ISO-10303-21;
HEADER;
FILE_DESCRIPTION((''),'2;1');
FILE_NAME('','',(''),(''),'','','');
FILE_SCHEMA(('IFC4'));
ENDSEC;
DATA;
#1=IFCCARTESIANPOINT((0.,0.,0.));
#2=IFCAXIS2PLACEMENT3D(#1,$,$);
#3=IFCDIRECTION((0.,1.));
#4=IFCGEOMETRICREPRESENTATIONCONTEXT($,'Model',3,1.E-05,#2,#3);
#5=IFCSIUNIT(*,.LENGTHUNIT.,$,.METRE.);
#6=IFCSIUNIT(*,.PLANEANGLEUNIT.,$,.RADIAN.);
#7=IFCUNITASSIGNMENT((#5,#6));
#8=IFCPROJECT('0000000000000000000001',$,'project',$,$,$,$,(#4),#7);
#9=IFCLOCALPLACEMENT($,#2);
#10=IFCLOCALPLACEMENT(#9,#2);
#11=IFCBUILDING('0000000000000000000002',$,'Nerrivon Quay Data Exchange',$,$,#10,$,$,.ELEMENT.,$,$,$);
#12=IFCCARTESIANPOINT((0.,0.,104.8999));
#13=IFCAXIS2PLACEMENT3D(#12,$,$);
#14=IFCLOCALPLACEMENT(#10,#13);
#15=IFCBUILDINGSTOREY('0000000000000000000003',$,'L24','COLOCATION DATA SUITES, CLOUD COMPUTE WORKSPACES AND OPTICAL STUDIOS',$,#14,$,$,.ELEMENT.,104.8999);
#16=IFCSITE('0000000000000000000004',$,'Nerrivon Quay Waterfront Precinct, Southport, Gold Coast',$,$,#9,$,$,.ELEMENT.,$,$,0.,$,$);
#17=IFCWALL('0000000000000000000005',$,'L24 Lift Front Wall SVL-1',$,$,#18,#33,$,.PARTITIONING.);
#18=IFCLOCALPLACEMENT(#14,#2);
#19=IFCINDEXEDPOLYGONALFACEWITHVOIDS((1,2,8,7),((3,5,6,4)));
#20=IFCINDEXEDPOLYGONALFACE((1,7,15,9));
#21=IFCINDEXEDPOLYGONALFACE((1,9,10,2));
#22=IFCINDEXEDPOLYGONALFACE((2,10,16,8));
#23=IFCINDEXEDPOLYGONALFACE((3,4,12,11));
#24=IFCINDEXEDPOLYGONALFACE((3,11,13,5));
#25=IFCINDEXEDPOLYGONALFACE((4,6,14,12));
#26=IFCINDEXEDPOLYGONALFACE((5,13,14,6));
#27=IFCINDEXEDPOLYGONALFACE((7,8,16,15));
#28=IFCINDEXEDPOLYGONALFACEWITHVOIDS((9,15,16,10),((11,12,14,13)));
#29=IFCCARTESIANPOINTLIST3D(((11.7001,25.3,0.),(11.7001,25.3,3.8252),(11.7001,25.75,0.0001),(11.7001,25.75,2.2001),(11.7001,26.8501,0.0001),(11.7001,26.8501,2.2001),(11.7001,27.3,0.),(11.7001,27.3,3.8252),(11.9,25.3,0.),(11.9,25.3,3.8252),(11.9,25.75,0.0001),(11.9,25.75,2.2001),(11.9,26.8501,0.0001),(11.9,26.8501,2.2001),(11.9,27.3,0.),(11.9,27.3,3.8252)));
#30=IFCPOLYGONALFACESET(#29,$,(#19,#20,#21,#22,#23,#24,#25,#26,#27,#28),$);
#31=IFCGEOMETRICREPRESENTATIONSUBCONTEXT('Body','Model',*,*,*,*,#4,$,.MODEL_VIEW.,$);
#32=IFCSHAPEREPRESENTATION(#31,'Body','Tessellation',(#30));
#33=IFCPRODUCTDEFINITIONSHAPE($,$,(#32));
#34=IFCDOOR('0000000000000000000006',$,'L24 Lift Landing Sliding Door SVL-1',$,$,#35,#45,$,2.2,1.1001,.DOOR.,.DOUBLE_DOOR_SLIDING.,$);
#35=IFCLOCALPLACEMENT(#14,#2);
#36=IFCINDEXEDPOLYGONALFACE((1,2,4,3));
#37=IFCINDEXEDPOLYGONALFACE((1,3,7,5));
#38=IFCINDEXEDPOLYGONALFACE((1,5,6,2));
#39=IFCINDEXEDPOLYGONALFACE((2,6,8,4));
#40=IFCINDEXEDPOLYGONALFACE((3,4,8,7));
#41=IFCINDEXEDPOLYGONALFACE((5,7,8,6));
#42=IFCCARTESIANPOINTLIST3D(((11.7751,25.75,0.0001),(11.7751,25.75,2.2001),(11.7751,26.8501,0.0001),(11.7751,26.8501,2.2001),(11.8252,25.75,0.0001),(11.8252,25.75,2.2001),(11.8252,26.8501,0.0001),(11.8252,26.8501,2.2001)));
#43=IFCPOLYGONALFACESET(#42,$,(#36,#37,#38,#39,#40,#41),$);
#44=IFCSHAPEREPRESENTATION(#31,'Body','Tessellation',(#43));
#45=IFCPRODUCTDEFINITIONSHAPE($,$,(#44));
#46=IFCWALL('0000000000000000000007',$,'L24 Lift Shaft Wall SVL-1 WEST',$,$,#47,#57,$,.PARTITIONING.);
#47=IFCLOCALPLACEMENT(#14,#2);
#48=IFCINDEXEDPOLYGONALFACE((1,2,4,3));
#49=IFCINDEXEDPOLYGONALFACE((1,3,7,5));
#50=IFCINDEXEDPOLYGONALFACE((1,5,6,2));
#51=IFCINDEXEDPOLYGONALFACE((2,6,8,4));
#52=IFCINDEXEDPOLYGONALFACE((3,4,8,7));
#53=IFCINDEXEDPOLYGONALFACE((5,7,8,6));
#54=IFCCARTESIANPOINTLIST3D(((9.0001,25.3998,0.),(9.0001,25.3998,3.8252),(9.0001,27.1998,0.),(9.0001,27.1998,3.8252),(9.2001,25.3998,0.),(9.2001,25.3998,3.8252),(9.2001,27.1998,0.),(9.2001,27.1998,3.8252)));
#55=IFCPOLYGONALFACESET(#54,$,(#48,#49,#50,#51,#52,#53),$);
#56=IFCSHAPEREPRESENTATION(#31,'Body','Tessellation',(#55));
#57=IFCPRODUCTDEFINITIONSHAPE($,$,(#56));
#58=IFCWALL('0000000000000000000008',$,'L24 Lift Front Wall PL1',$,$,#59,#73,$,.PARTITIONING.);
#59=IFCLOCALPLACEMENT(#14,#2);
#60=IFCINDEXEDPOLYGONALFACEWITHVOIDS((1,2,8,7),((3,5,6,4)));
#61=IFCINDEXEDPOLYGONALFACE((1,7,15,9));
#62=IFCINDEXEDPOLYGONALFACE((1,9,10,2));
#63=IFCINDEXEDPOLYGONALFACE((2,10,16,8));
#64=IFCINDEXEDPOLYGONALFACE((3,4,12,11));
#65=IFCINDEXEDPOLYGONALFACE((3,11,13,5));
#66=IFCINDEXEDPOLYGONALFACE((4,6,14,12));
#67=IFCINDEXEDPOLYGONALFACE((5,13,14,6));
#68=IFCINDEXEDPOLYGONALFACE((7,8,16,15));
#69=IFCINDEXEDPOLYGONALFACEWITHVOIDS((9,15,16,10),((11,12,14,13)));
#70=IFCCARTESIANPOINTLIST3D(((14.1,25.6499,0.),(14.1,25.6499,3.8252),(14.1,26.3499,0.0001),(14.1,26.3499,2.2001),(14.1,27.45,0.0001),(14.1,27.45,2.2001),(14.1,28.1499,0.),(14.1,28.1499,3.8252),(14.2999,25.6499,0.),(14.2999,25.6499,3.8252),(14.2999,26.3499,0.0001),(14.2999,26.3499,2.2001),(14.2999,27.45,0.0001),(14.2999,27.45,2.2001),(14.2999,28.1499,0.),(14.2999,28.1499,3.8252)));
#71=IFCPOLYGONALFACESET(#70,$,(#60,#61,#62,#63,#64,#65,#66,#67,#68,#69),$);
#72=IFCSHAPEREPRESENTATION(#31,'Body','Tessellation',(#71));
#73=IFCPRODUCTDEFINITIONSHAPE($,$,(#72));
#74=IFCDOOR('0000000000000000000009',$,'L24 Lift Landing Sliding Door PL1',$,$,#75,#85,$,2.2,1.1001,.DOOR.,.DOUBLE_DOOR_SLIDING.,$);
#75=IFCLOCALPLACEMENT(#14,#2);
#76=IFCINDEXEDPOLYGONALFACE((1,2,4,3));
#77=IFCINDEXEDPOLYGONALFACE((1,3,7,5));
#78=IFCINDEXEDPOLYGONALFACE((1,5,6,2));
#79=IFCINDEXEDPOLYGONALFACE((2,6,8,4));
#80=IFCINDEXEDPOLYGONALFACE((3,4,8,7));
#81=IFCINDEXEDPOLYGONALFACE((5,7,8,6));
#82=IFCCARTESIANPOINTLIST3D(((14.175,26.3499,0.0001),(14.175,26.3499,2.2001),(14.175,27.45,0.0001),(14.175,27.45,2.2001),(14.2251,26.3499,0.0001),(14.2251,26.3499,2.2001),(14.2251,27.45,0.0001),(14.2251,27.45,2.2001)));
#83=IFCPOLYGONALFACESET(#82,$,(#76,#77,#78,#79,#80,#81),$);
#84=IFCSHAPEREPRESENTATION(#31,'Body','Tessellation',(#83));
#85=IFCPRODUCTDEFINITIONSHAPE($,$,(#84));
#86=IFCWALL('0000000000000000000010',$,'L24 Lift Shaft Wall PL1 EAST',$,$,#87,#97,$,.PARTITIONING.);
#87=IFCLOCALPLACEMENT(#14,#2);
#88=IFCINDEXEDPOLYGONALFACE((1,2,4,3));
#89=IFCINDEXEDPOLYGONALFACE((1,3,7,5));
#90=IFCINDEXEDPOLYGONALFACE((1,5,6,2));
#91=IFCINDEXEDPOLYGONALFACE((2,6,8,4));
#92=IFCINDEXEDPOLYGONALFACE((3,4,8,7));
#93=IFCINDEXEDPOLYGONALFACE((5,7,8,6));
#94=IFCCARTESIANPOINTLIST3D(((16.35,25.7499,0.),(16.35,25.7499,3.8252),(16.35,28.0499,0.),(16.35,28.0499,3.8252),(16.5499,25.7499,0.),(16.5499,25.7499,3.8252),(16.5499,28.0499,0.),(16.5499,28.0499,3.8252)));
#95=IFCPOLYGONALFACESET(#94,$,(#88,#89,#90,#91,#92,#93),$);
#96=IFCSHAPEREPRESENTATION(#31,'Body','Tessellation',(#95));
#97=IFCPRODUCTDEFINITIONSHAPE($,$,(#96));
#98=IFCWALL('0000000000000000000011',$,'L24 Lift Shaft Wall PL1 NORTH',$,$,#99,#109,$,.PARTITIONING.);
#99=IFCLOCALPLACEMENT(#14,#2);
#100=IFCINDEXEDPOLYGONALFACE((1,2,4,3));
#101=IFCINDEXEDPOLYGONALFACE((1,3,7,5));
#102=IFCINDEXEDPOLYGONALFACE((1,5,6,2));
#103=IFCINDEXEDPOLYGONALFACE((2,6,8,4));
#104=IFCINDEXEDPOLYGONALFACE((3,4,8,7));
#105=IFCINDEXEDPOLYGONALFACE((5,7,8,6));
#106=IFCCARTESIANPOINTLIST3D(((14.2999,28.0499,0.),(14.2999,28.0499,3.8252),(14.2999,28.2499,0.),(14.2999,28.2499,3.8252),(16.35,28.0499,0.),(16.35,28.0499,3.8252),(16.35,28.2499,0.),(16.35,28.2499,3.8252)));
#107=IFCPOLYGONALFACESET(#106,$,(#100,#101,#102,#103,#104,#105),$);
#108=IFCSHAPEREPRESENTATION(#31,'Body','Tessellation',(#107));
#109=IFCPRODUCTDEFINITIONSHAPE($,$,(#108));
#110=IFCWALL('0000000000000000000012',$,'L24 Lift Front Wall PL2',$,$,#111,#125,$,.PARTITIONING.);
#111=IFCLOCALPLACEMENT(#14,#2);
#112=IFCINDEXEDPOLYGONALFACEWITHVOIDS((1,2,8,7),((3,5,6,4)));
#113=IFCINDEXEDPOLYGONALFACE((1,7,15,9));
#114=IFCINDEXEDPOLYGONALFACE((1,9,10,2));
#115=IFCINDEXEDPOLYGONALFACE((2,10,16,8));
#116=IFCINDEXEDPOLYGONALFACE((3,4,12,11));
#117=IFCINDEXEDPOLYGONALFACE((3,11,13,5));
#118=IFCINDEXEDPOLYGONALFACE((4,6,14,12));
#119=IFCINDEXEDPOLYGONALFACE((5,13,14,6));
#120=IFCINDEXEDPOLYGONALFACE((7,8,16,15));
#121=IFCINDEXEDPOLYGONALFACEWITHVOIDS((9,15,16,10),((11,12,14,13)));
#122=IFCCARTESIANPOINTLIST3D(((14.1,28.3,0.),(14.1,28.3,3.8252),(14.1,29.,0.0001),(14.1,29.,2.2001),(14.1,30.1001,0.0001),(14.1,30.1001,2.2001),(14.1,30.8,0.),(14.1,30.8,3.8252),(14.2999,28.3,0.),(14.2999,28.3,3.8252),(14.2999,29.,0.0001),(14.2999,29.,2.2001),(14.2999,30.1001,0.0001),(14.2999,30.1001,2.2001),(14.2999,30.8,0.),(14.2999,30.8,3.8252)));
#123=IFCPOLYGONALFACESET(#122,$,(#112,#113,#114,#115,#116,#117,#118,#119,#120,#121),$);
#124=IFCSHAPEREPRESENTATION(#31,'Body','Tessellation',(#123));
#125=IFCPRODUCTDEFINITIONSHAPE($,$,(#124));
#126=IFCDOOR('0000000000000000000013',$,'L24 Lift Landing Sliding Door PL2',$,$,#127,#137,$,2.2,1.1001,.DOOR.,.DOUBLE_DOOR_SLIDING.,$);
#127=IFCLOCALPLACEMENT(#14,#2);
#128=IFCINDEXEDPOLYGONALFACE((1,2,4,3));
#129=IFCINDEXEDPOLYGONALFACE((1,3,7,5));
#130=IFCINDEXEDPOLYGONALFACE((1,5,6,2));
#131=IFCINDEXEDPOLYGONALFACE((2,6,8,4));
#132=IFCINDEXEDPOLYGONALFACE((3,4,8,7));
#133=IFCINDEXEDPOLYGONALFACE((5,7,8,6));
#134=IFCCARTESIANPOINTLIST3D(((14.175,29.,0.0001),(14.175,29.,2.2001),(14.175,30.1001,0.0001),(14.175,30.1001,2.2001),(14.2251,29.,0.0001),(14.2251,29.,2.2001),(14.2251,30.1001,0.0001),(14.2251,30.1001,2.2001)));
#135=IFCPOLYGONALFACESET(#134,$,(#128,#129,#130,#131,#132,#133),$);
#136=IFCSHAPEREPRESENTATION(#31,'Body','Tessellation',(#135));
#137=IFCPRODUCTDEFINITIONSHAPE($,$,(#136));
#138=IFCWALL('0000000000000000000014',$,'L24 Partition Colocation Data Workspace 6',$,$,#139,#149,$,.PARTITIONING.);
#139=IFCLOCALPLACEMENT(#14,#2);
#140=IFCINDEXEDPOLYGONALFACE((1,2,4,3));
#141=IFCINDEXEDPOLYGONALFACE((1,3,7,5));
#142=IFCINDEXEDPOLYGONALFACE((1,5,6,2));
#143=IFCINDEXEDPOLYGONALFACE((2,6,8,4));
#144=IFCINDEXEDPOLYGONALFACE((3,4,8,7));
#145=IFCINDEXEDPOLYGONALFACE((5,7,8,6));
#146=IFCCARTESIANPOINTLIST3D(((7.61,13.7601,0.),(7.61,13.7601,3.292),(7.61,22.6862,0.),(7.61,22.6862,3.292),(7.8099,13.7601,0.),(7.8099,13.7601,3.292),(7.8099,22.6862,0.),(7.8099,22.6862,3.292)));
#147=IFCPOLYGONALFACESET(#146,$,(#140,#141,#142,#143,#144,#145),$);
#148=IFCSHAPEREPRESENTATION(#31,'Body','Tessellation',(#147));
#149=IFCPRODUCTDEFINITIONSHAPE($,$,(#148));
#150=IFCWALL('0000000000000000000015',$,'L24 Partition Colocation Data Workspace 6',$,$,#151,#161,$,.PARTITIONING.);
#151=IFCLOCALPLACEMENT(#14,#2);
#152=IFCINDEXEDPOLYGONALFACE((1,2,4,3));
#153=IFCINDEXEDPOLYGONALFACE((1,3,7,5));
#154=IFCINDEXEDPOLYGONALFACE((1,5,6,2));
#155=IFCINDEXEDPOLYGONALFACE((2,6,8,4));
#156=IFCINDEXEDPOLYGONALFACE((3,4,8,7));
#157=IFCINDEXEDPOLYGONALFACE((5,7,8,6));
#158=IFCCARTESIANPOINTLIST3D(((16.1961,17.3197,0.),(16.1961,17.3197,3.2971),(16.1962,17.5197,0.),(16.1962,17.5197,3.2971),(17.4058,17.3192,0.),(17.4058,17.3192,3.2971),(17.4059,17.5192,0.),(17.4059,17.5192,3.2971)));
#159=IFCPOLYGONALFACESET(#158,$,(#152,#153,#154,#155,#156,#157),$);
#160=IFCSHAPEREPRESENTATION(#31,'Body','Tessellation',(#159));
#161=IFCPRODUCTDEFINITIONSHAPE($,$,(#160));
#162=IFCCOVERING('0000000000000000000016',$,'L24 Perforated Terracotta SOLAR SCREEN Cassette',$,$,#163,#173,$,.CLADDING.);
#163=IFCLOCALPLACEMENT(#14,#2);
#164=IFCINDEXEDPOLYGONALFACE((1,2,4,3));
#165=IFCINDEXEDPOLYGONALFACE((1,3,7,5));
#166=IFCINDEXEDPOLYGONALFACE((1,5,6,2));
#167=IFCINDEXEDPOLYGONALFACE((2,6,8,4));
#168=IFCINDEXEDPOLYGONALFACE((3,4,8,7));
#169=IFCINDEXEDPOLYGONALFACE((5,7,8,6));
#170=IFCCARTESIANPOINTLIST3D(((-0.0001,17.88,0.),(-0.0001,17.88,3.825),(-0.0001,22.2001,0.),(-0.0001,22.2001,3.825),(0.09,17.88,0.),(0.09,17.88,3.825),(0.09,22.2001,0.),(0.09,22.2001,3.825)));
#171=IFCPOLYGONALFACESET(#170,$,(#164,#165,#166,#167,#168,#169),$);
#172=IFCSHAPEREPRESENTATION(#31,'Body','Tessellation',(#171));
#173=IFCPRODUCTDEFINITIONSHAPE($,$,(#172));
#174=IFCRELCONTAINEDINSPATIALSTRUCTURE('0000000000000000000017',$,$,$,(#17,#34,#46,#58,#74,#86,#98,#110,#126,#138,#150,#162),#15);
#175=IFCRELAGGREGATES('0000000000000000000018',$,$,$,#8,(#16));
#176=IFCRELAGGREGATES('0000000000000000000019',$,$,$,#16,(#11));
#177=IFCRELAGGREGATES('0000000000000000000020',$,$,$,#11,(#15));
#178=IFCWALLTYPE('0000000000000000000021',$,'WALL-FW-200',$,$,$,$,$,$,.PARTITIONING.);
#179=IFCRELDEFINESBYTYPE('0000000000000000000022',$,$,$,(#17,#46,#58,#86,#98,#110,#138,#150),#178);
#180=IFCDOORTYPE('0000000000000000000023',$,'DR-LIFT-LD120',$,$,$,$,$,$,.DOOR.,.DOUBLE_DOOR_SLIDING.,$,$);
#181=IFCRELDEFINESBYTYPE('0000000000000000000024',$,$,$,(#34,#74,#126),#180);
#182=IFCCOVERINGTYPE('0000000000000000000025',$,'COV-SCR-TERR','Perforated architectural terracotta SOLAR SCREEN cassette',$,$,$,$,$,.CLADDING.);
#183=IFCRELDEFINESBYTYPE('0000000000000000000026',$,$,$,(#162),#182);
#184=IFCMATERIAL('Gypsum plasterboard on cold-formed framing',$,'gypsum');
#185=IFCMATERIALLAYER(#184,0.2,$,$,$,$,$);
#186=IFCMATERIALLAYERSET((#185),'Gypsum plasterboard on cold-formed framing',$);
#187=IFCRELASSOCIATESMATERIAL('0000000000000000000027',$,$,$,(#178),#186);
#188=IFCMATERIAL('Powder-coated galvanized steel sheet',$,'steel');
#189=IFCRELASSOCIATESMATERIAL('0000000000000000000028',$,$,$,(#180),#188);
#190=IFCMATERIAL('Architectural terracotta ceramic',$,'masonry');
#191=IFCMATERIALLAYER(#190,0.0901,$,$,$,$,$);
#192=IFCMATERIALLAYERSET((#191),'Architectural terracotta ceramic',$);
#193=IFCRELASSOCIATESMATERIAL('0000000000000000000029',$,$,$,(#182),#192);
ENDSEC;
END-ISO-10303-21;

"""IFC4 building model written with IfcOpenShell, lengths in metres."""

from ifc_helpers import new_model, si_unit, direction, frame, frame_2d, origin, origin_2d, place, context, subcontext, project, spatial, rectangle, extrude, material, layer, layer_set, type_object, element, fill, save


model = new_model("IFC4")

# Units and contexts
model_context = context("Model", 3, precision=1e-05, world=origin(), true_north=direction((0.0, 1.0)))
body_context = subcontext(model_context, "Body", "Model", "MODEL_VIEW")
ifc_project = project(units=[si_unit("LENGTHUNIT", "METRE"), si_unit("PLANEANGLEUNIT", "RADIAN")], contexts=[model_context])

# Site, building, storey
site_placement = place(None, origin())
site = spatial("IfcSite", under=ifc_project, at=site_placement, Name="Nerrivon Quay Waterfront Precinct, Southport, Gold Coast", CompositionType="ELEMENT", RefElevation=0.0)
building_placement = place(site_placement, origin())
building = spatial("IfcBuilding", under=site, at=building_placement, Name="Nerrivon Quay Data Exchange", CompositionType="ELEMENT")
storey_placement = place(building_placement, frame((0.0, 0.0, 104.8999)))
storey = spatial("IfcBuildingStorey", under=building, at=storey_placement, Name="L24", Description="COLOCATION DATA SUITES, CLOUD COMPUTE WORKSPACES AND OPTICAL STUDIOS", CompositionType="ELEMENT", Elevation=104.8999)

# Shared definitions
ifc_material_1 = material(Name="Powder-coated galvanized steel sheet", Category="steel")
ifc_material_2 = material(Name="Gypsum plasterboard on cold-formed framing", Category="gypsum")
ifc_layer_1 = layer(ifc_material_2, 0.2)
ifc_layer_set_1 = layer_set([ifc_layer_1], Name="Gypsum plasterboard on cold-formed framing")
wall_type_1 = type_object("IfcWallType", Name="WALL-FW-200", PredefinedType="PARTITIONING", material=ifc_layer_set_1)
door_type_1 = type_object("IfcDoorType", Name="DR-LIFT-LD120", OperationType="DOUBLE_DOOR_SLIDING", PredefinedType="DOOR", material=ifc_material_1)

# Wall, opening, door
wall_1_placement = place(storey_placement, frame((11.8, 25.3, 0.0), z_axis=(0.0, 0.0, 1.0), x_axis=(0.0, 1.0, 0.0)))
wall_1 = element("IfcWall", 1, at=wall_1_placement, inside=storey, type_object=wall_type_1, Name="L24 Lift Front Wall SVL-1", PredefinedType="PARTITIONING", context=body_context, shape_type="SweptSolid", body=[
    extrude(rectangle(XDim=2.0, YDim=0.2, at=frame_2d((1.0, 0.0))), origin(), (0.0, 0.0, 1.0), 3.8252),
])
opening_1_placement = place(wall_1_placement, frame((0.45, 0.0, 0.0)))
opening_1 = element("IfcOpeningElement", 2, at=opening_1_placement, cuts=wall_1, PredefinedType="OPENING", context=body_context, shape_type="SweptSolid", body=[
    extrude(rectangle(XDim=1.1001, YDim=2.2, at=frame_2d((0.55, 1.1001))), frame((0.0, 0.1099, 0.0), z_axis=(0.0, -1.0, 0.0), x_axis=(1.0, 0.0, 0.0)), (0.0, 0.0, 1.0), 0.22),
])
door_1_placement = place(opening_1_placement, origin())
door_1 = element("IfcDoor", 3, at=door_1_placement, inside=storey, type_object=door_type_1, Name="L24 Lift Landing Sliding Door SVL-1", OperationType="DOUBLE_DOOR_SLIDING", OverallHeight=2.2, OverallWidth=1.1001, PredefinedType="DOOR", context=body_context, shape_type="SweptSolid", body=[
    extrude(rectangle(XDim=1.1001, YDim=2.2, at=frame_2d((0.55, 1.1001))), frame((0.0, 0.0249, 0.0), z_axis=(0.0, -1.0, 0.0), x_axis=(1.0, 0.0, 0.0)), (0.0, 0.0, 1.0), 0.05),
])
fill(opening_1, door_1)

# Wall
wall_2_placement = place(storey_placement, frame((9.1001, 25.3999, 0.0), z_axis=(0.0, 0.0, 1.0), x_axis=(0.0, 1.0, 0.0)))
element("IfcWall", 4, at=wall_2_placement, inside=storey, type_object=wall_type_1, Name="L24 Lift Shaft Wall SVL-1 WEST", PredefinedType="PARTITIONING", context=body_context, shape_type="SweptSolid", body=[
    extrude(rectangle(XDim=1.8, YDim=0.2, at=frame_2d((0.8999, 0.0))), origin(), (0.0, 0.0, 1.0), 3.8252),
])

# Wall, opening, door
wall_3_placement = place(storey_placement, frame((14.2, 25.6499, 0.0), z_axis=(0.0, 0.0, 1.0), x_axis=(0.0, 1.0, 0.0)))
wall_3 = element("IfcWall", 5, at=wall_3_placement, inside=storey, type_object=wall_type_1, Name="L24 Lift Front Wall PL1", PredefinedType="PARTITIONING", context=body_context, shape_type="SweptSolid", body=[
    extrude(rectangle(XDim=2.5, YDim=0.2, at=frame_2d((1.25, 0.0))), origin(), (0.0, 0.0, 1.0), 3.8252),
])
opening_2_placement = place(wall_3_placement, frame((0.7, 0.0, 0.0)))
opening_2 = element("IfcOpeningElement", 6, at=opening_2_placement, cuts=wall_3, PredefinedType="OPENING", context=body_context, shape_type="SweptSolid", body=[
    extrude(rectangle(XDim=1.1001, YDim=2.2, at=frame_2d((0.55, 1.1001))), frame((0.0, 0.1099, 0.0), z_axis=(0.0, -1.0, 0.0), x_axis=(1.0, 0.0, 0.0)), (0.0, 0.0, 1.0), 0.22),
])
door_2_placement = place(opening_2_placement, origin())
door_2 = element("IfcDoor", 7, at=door_2_placement, inside=storey, type_object=door_type_1, Name="L24 Lift Landing Sliding Door PL1", OperationType="DOUBLE_DOOR_SLIDING", OverallHeight=2.2, OverallWidth=1.1001, PredefinedType="DOOR", context=body_context, shape_type="SweptSolid", body=[
    extrude(rectangle(XDim=1.1001, YDim=2.2, at=frame_2d((0.55, 1.1001))), frame((0.0, 0.0249, 0.0), z_axis=(0.0, -1.0, 0.0), x_axis=(1.0, 0.0, 0.0)), (0.0, 0.0, 1.0), 0.05),
])
fill(opening_2, door_2)

# Walls
wall_4_placement = place(storey_placement, frame((16.45, 25.75, 0.0), z_axis=(0.0, 0.0, 1.0), x_axis=(0.0, 1.0, 0.0)))
element("IfcWall", 8, at=wall_4_placement, inside=storey, type_object=wall_type_1, Name="L24 Lift Shaft Wall PL1 EAST", PredefinedType="PARTITIONING", context=body_context, shape_type="SweptSolid", body=[
    extrude(rectangle(XDim=2.3, YDim=0.2, at=frame_2d((1.1499, 0.0))), origin(), (0.0, 0.0, 1.0), 3.8252),
])
wall_5_placement = place(storey_placement, frame((14.3, 28.1499, 0.0), z_axis=(0.0, 0.0, 1.0), x_axis=(1.0, 0.0, 0.0)))
element("IfcWall", 9, at=wall_5_placement, inside=storey, type_object=wall_type_1, Name="L24 Lift Shaft Wall PL1 NORTH", PredefinedType="PARTITIONING", context=body_context, shape_type="SweptSolid", body=[
    extrude(rectangle(XDim=2.05, YDim=0.2, at=frame_2d((1.0249, 0.0))), origin(), (0.0, 0.0, 1.0), 3.8252),
])

# Wall, opening, door
wall_6_placement = place(storey_placement, frame((14.2, 28.3, 0.0), z_axis=(0.0, 0.0, 1.0), x_axis=(0.0, 1.0, 0.0)))
wall_6 = element("IfcWall", 10, at=wall_6_placement, inside=storey, type_object=wall_type_1, Name="L24 Lift Front Wall PL2", PredefinedType="PARTITIONING", context=body_context, shape_type="SweptSolid", body=[
    extrude(rectangle(XDim=2.5, YDim=0.2, at=frame_2d((1.25, 0.0))), origin(), (0.0, 0.0, 1.0), 3.8252),
])
opening_3_placement = place(wall_6_placement, frame((0.7, 0.0, 0.0)))
opening_3 = element("IfcOpeningElement", 11, at=opening_3_placement, cuts=wall_6, PredefinedType="OPENING", context=body_context, shape_type="SweptSolid", body=[
    extrude(rectangle(XDim=1.1001, YDim=2.2, at=frame_2d((0.55, 1.1001))), frame((0.0, 0.1099, 0.0), z_axis=(0.0, -1.0, 0.0), x_axis=(1.0, 0.0, 0.0)), (0.0, 0.0, 1.0), 0.22),
])
door_3_placement = place(opening_3_placement, origin())
door_3 = element("IfcDoor", 12, at=door_3_placement, inside=storey, type_object=door_type_1, Name="L24 Lift Landing Sliding Door PL2", OperationType="DOUBLE_DOOR_SLIDING", OverallHeight=2.2, OverallWidth=1.1001, PredefinedType="DOOR", context=body_context, shape_type="SweptSolid", body=[
    extrude(rectangle(XDim=1.1001, YDim=2.2, at=frame_2d((0.55, 1.1001))), frame((0.0, 0.0249, 0.0), z_axis=(0.0, -1.0, 0.0), x_axis=(1.0, 0.0, 0.0)), (0.0, 0.0, 1.0), 0.05),
])
fill(opening_3, door_3)

# Walls
wall_7_placement = place(storey_placement, frame((7.71, 22.686, 0.0), z_axis=(0.0, 0.0, 1.0), x_axis=(0.0, -1.0, 0.0)))
element("IfcWall", 13, at=wall_7_placement, inside=storey, type_object=wall_type_1, Name="L24 Partition Colocation Data Workspace 6", PredefinedType="PARTITIONING", context=body_context, shape_type="SweptSolid", body=[
    extrude(rectangle(XDim=8.926, YDim=0.2, at=frame_2d((4.4629, 0.0))), origin(), (0.0, 0.0, 1.0), 3.292),
])
wall_8_placement = place(storey_placement, frame((16.196, 17.4197, 0.0), z_axis=(0.0, 0.0, 1.0), x_axis=(1.0, -0.000404, 0.0)))
element("IfcWall", 14, at=wall_8_placement, inside=storey, type_object=wall_type_1, Name="L24 Partition Colocation Data Workspace 6", PredefinedType="PARTITIONING", context=body_context, shape_type="SweptSolid", body=[
    extrude(rectangle(XDim=1.2097, YDim=0.2, at=frame_2d((0.605, 0.0))), origin(), (0.0, 0.0, 1.0), 3.2971),
])

# Covering
ifc_material_3 = material(Name="Architectural terracotta ceramic", Category="masonry")
ifc_layer_2 = layer(ifc_material_3, 0.0901)
ifc_layer_set_2 = layer_set([ifc_layer_2], Name="Architectural terracotta ceramic")
covering_type = type_object("IfcCoveringType", Name="COV-SCR-TERR", Description="Perforated architectural terracotta SOLAR SCREEN cassette", PredefinedType="CLADDING", material=ifc_layer_set_2)
covering_placement = place(storey_placement, frame((0.0449, 20.04, 0.0), z_axis=(0.0, 0.0, 1.0), x_axis=(0.0, 1.0, 0.0)))
element("IfcCovering", 15, at=covering_placement, inside=storey, type_object=covering_type, Name="L24 Perforated Terracotta SOLAR SCREEN Cassette", PredefinedType="CLADDING", context=body_context, shape_type="SweptSolid", body=[
    extrude(rectangle(XDim=4.3201, YDim=0.0901, at=origin_2d()), origin(), (0.0, 0.0, 1.0), 3.825),
])

save(model, "model.ifc")
